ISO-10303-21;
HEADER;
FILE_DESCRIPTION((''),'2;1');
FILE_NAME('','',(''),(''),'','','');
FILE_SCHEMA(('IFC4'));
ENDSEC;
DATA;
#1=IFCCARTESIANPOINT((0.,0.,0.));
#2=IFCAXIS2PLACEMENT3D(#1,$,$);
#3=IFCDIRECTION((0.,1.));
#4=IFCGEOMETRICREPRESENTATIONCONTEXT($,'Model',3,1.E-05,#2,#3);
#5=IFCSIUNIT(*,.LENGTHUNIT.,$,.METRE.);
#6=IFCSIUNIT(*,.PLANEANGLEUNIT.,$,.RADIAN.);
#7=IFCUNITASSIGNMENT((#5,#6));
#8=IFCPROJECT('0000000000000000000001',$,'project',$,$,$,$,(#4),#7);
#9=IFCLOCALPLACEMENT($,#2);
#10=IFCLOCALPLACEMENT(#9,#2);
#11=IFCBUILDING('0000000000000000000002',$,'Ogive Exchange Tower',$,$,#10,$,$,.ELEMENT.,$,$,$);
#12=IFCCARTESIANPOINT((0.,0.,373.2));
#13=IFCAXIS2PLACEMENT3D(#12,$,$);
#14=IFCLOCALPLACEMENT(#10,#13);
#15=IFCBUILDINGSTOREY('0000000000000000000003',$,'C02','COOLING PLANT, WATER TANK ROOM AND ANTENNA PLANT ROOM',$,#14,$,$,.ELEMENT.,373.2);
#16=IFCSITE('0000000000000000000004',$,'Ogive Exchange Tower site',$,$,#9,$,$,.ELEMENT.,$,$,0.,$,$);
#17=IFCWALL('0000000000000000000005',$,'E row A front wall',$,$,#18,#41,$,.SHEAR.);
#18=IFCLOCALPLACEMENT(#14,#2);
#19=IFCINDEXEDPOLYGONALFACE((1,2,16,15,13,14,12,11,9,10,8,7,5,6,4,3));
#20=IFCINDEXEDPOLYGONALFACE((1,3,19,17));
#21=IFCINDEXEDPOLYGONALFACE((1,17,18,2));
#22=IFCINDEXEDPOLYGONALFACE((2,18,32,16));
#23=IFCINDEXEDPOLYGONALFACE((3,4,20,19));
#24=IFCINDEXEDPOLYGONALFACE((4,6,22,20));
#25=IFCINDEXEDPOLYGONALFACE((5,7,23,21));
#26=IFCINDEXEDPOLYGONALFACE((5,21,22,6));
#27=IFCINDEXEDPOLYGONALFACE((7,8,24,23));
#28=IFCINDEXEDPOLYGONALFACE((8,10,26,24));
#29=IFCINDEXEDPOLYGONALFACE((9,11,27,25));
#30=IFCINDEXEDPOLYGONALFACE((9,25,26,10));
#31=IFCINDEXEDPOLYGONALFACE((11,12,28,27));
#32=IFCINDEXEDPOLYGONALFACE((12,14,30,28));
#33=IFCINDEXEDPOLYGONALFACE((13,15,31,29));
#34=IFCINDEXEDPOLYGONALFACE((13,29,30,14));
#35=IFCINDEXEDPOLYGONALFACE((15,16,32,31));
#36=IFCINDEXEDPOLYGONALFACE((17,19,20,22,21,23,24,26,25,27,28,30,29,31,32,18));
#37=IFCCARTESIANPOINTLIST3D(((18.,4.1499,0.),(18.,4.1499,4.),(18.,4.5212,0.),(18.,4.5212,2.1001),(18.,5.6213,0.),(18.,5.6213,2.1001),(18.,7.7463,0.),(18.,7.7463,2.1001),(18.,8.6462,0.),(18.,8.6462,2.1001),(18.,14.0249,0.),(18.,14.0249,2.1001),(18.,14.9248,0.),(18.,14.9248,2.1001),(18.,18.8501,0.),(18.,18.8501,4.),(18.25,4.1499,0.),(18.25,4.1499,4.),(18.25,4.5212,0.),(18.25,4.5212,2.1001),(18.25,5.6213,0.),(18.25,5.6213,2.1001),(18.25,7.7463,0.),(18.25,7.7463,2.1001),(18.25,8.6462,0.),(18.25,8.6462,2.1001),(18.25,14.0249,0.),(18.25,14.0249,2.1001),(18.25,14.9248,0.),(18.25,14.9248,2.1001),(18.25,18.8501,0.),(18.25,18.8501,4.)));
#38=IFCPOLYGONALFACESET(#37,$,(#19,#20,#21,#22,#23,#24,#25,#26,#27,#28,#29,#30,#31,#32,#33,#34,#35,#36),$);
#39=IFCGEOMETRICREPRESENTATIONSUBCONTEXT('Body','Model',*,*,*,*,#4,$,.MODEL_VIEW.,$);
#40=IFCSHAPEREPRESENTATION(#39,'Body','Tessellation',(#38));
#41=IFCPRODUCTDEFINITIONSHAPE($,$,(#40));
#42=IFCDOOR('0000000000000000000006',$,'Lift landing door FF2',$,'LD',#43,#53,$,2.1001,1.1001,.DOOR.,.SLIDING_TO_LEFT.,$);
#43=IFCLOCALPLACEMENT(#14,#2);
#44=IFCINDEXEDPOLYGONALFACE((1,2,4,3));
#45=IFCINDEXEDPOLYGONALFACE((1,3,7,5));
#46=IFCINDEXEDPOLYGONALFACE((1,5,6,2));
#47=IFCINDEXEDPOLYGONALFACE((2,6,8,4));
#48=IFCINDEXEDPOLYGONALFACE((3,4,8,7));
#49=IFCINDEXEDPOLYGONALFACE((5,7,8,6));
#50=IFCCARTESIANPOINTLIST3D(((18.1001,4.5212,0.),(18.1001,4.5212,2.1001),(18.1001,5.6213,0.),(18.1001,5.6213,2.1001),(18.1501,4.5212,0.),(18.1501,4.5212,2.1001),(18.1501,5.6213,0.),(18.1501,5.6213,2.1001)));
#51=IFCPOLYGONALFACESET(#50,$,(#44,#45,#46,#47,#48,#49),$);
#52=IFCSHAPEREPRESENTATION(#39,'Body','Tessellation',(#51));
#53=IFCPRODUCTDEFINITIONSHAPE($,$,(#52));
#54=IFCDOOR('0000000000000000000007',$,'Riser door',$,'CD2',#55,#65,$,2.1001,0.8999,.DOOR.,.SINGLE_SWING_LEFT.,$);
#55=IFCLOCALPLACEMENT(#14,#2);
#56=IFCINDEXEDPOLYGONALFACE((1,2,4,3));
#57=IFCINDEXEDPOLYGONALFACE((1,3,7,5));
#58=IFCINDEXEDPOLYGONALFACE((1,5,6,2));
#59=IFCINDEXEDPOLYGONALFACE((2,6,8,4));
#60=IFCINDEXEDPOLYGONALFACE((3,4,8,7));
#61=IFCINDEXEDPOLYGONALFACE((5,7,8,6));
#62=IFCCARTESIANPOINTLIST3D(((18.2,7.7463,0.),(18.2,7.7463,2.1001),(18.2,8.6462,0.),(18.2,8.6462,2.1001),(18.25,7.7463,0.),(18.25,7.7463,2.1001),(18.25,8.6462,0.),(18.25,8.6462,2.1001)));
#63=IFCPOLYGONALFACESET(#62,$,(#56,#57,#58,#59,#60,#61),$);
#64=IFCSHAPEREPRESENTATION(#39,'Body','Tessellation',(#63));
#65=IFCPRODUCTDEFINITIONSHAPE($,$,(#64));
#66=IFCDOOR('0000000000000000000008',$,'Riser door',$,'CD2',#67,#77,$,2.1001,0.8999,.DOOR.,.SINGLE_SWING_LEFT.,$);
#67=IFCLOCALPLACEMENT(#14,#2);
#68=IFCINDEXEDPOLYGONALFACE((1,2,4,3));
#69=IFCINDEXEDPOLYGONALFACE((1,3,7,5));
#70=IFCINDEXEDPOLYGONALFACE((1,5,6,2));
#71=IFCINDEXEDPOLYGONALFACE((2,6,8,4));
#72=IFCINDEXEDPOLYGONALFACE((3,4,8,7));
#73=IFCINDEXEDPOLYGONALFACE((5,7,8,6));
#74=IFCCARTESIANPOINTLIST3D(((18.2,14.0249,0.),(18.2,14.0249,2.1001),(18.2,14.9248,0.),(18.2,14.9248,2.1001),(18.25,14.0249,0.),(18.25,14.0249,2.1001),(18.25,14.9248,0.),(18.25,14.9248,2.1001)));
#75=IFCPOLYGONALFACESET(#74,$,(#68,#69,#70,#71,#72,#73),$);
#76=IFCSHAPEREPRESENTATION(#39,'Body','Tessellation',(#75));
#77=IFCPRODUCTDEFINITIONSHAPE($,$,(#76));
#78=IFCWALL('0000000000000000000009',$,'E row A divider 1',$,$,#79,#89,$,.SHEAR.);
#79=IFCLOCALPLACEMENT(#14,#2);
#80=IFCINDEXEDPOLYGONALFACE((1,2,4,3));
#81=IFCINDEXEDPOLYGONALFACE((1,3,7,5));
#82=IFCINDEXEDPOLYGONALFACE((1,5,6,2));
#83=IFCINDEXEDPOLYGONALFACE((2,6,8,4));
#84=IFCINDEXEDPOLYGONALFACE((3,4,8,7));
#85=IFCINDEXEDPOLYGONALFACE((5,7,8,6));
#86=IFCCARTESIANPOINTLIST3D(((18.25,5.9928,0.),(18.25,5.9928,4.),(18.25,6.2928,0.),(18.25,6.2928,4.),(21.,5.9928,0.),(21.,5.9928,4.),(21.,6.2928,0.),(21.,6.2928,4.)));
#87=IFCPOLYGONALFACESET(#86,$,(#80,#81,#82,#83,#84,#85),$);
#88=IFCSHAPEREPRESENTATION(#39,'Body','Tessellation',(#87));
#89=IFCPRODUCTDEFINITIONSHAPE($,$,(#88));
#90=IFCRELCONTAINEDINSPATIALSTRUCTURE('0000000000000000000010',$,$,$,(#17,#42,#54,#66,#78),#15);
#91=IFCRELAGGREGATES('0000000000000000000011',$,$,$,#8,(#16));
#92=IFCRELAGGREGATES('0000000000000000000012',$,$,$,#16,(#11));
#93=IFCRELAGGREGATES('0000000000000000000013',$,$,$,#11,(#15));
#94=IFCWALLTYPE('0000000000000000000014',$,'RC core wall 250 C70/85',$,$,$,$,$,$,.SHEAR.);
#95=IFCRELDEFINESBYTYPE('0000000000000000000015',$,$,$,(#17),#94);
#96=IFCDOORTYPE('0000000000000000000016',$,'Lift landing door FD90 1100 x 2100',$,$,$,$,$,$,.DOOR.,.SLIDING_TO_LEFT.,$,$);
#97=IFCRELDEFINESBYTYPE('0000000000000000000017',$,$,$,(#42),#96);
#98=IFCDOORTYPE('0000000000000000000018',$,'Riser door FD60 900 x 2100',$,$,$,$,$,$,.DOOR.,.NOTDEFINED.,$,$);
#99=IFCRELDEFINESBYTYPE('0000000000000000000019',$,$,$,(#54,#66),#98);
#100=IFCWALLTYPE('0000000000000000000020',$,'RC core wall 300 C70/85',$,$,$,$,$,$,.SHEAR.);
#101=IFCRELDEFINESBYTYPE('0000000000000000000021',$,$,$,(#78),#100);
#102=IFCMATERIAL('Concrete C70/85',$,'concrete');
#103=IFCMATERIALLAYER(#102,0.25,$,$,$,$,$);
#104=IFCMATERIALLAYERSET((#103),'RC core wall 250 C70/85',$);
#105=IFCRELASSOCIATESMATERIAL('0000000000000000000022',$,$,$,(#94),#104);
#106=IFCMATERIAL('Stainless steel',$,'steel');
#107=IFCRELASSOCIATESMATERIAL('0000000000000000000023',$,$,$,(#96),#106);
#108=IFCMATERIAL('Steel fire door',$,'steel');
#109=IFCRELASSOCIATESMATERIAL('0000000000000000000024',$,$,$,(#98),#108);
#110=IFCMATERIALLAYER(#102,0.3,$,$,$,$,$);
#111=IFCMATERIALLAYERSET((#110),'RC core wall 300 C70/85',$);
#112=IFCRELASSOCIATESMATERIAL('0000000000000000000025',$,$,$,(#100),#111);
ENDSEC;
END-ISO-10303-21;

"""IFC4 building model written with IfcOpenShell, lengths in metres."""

from ifc_helpers import new_model, si_unit, direction, frame, frame_2d, origin, place, context, subcontext, project, spatial, rectangle, extrude, material, layer, layer_set, type_object, element, fill, save


model = new_model("IFC4")

# Units and contexts
model_context = context("Model", 3, precision=1e-05, world=origin(), true_north=direction((0.0, 1.0)))
body_context = subcontext(model_context, "Body", "Model", "MODEL_VIEW")
ifc_project = project(units=[si_unit("LENGTHUNIT", "METRE"), si_unit("PLANEANGLEUNIT", "RADIAN")], contexts=[model_context])

# Site, building, storey
site_placement = place(None, origin())
site = spatial("IfcSite", under=ifc_project, at=site_placement, Name="Ogive Exchange Tower site", CompositionType="ELEMENT", RefElevation=0.0)
building_placement = place(site_placement, origin())
building = spatial("IfcBuilding", under=site, at=building_placement, Name="Ogive Exchange Tower", CompositionType="ELEMENT")
storey_placement = place(building_placement, frame((0.0, 0.0, 373.2)))
storey = spatial("IfcBuildingStorey", under=building, at=storey_placement, Name="C02", Description="COOLING PLANT, WATER TANK ROOM AND ANTENNA PLANT ROOM", CompositionType="ELEMENT", Elevation=373.2)

# Wall, openings, doors
ifc_material_1 = material(Name="Concrete C70/85", Category="concrete")
ifc_layer_1 = layer(ifc_material_1, 0.25)
ifc_layer_set_1 = layer_set([ifc_layer_1], Name="RC core wall 250 C70/85")
wall_type_1 = type_object("IfcWallType", Name="RC core wall 250 C70/85", PredefinedType="SHEAR", material=ifc_layer_set_1)
wall_1_placement = place(storey_placement, frame((18.125, 4.1499, 0.0), z_axis=(0.0, 0.0, 1.0), x_axis=(0.0, 1.0, 0.0)))
wall_1 = element("IfcWall", 1, at=wall_1_placement, inside=storey, type_object=wall_type_1, Name="E row A front wall", PredefinedType="SHEAR", context=body_context, shape_type="SweptSolid", body=[
    extrude(rectangle(XDim=14.7002, YDim=0.25, at=frame_2d((7.3501, 0.0))), origin(), (0.0, 0.0, 1.0), 4.0),
])
opening_1_placement = place(wall_1_placement, frame((3.5964, 0.0, 0.0)))
opening_1 = element("IfcOpeningElement", 2, at=opening_1_placement, cuts=wall_1, PredefinedType="OPENING", context=body_context, shape_type="SweptSolid", body=[
    extrude(rectangle(XDim=0.8999, YDim=2.1001, at=frame_2d((0.45, 1.05))), frame((0.0, 0.135, 0.0), z_axis=(0.0, -1.0, 0.0), x_axis=(1.0, 0.0, 0.0)), (0.0, 0.0, 1.0), 0.27),
])
opening_2_placement = place(wall_1_placement, frame((9.875, 0.0, 0.0)))
opening_2 = element("IfcOpeningElement", 3, at=opening_2_placement, cuts=wall_1, PredefinedType="OPENING", context=body_context, shape_type="SweptSolid", body=[
    extrude(rectangle(XDim=0.8999, YDim=2.1001, at=frame_2d((0.45, 1.05))), frame((0.0, 0.135, 0.0), z_axis=(0.0, -1.0, 0.0), x_axis=(1.0, 0.0, 0.0)), (0.0, 0.0, 1.0), 0.27),
])
opening_3_placement = place(wall_1_placement, frame((0.3713, 0.0, 0.0)))
opening_3 = element("IfcOpeningElement", 4, at=opening_3_placement, cuts=wall_1, PredefinedType="OPENING", context=body_context, shape_type="SweptSolid", body=[
    extrude(rectangle(XDim=1.1001, YDim=2.1001, at=frame_2d((0.55, 1.05))), frame((0.0, 0.135, 0.0), z_axis=(0.0, -1.0, 0.0), x_axis=(1.0, 0.0, 0.0)), (0.0, 0.0, 1.0), 0.27),
])
ifc_material_2 = material(Name="Stainless steel", Category="steel")
door_type_1 = type_object("IfcDoorType", Name="Lift landing door FD90 1100 x 2100", OperationType="SLIDING_TO_LEFT", PredefinedType="DOOR", material=ifc_material_2)
door_1_placement = place(opening_3_placement, origin())
door_1 = element("IfcDoor", 5, at=door_1_placement, inside=storey, type_object=door_type_1, Name="Lift landing door FF2", ObjectType="LD", OperationType="SLIDING_TO_LEFT", OverallHeight=2.1001, OverallWidth=1.1001, PredefinedType="DOOR", context=body_context, shape_type="SweptSolid", body=[
    extrude(rectangle(XDim=1.1001, YDim=2.1001, at=frame_2d((0.55, 1.05))), frame((0.0, 0.0249, 0.0), z_axis=(0.0, -1.0, 0.0), x_axis=(1.0, 0.0, 0.0)), (0.0, 0.0, 1.0), 0.05),
])
fill(opening_3, door_1)
ifc_material_3 = material(Name="Steel fire door", Category="steel")
door_type_2 = type_object("IfcDoorType", Name="Riser door FD60 900 x 2100", OperationType="NOTDEFINED", PredefinedType="DOOR", material=ifc_material_3)
door_2_placement = place(opening_1_placement, frame((0.8999, -0.2002, 0.0), z_axis=(0.0, 0.0, 1.0), x_axis=(-1.0, 0.0, 0.0)))
door_2 = element("IfcDoor", 6, at=door_2_placement, inside=storey, type_object=door_type_2, Name="Riser door", ObjectType="CD2", OperationType="SINGLE_SWING_LEFT", OverallHeight=2.1001, OverallWidth=0.8999, PredefinedType="DOOR", context=body_context, shape_type="SweptSolid", body=[
    extrude(rectangle(XDim=0.8999, YDim=2.1001, at=frame_2d((0.45, 1.05))), frame((0.0, -0.0752, 0.0), z_axis=(0.0, -1.0, 0.0), x_axis=(1.0, 0.0, 0.0)), (0.0, 0.0, 1.0), 0.05),
])
fill(opening_1, door_2)
door_3_placement = place(opening_2_placement, frame((0.8999, -0.2002, 0.0), z_axis=(0.0, 0.0, 1.0), x_axis=(-1.0, 0.0, 0.0)))
door_3 = element("IfcDoor", 7, at=door_3_placement, inside=storey, type_object=door_type_2, Name="Riser door", ObjectType="CD2", OperationType="SINGLE_SWING_LEFT", OverallHeight=2.1001, OverallWidth=0.8999, PredefinedType="DOOR", context=body_context, shape_type="SweptSolid", body=[
    extrude(rectangle(XDim=0.8999, YDim=2.1001, at=frame_2d((0.45, 1.05))), frame((0.0, -0.0752, 0.0), z_axis=(0.0, -1.0, 0.0), x_axis=(1.0, 0.0, 0.0)), (0.0, 0.0, 1.0), 0.05),
])
fill(opening_2, door_3)

# Wall
ifc_layer_2 = layer(ifc_material_1, 0.3)
ifc_layer_set_2 = layer_set([ifc_layer_2], Name="RC core wall 300 C70/85")
wall_type_2 = type_object("IfcWallType", Name="RC core wall 300 C70/85", PredefinedType="SHEAR", material=ifc_layer_set_2)
wall_2_placement = place(storey_placement, frame((18.25, 6.1428, 0.0), z_axis=(0.0, 0.0, 1.0), x_axis=(1.0, 0.0, 0.0)))
element("IfcWall", 8, at=wall_2_placement, inside=storey, type_object=wall_type_2, Name="E row A divider 1", PredefinedType="SHEAR", context=body_context, shape_type="SweptSolid", body=[
    extrude(rectangle(XDim=2.75, YDim=0.3, at=frame_2d((1.375, 0.0))), origin(), (0.0, 0.0, 1.0), 4.0),
])

save(model, "model.ifc")
